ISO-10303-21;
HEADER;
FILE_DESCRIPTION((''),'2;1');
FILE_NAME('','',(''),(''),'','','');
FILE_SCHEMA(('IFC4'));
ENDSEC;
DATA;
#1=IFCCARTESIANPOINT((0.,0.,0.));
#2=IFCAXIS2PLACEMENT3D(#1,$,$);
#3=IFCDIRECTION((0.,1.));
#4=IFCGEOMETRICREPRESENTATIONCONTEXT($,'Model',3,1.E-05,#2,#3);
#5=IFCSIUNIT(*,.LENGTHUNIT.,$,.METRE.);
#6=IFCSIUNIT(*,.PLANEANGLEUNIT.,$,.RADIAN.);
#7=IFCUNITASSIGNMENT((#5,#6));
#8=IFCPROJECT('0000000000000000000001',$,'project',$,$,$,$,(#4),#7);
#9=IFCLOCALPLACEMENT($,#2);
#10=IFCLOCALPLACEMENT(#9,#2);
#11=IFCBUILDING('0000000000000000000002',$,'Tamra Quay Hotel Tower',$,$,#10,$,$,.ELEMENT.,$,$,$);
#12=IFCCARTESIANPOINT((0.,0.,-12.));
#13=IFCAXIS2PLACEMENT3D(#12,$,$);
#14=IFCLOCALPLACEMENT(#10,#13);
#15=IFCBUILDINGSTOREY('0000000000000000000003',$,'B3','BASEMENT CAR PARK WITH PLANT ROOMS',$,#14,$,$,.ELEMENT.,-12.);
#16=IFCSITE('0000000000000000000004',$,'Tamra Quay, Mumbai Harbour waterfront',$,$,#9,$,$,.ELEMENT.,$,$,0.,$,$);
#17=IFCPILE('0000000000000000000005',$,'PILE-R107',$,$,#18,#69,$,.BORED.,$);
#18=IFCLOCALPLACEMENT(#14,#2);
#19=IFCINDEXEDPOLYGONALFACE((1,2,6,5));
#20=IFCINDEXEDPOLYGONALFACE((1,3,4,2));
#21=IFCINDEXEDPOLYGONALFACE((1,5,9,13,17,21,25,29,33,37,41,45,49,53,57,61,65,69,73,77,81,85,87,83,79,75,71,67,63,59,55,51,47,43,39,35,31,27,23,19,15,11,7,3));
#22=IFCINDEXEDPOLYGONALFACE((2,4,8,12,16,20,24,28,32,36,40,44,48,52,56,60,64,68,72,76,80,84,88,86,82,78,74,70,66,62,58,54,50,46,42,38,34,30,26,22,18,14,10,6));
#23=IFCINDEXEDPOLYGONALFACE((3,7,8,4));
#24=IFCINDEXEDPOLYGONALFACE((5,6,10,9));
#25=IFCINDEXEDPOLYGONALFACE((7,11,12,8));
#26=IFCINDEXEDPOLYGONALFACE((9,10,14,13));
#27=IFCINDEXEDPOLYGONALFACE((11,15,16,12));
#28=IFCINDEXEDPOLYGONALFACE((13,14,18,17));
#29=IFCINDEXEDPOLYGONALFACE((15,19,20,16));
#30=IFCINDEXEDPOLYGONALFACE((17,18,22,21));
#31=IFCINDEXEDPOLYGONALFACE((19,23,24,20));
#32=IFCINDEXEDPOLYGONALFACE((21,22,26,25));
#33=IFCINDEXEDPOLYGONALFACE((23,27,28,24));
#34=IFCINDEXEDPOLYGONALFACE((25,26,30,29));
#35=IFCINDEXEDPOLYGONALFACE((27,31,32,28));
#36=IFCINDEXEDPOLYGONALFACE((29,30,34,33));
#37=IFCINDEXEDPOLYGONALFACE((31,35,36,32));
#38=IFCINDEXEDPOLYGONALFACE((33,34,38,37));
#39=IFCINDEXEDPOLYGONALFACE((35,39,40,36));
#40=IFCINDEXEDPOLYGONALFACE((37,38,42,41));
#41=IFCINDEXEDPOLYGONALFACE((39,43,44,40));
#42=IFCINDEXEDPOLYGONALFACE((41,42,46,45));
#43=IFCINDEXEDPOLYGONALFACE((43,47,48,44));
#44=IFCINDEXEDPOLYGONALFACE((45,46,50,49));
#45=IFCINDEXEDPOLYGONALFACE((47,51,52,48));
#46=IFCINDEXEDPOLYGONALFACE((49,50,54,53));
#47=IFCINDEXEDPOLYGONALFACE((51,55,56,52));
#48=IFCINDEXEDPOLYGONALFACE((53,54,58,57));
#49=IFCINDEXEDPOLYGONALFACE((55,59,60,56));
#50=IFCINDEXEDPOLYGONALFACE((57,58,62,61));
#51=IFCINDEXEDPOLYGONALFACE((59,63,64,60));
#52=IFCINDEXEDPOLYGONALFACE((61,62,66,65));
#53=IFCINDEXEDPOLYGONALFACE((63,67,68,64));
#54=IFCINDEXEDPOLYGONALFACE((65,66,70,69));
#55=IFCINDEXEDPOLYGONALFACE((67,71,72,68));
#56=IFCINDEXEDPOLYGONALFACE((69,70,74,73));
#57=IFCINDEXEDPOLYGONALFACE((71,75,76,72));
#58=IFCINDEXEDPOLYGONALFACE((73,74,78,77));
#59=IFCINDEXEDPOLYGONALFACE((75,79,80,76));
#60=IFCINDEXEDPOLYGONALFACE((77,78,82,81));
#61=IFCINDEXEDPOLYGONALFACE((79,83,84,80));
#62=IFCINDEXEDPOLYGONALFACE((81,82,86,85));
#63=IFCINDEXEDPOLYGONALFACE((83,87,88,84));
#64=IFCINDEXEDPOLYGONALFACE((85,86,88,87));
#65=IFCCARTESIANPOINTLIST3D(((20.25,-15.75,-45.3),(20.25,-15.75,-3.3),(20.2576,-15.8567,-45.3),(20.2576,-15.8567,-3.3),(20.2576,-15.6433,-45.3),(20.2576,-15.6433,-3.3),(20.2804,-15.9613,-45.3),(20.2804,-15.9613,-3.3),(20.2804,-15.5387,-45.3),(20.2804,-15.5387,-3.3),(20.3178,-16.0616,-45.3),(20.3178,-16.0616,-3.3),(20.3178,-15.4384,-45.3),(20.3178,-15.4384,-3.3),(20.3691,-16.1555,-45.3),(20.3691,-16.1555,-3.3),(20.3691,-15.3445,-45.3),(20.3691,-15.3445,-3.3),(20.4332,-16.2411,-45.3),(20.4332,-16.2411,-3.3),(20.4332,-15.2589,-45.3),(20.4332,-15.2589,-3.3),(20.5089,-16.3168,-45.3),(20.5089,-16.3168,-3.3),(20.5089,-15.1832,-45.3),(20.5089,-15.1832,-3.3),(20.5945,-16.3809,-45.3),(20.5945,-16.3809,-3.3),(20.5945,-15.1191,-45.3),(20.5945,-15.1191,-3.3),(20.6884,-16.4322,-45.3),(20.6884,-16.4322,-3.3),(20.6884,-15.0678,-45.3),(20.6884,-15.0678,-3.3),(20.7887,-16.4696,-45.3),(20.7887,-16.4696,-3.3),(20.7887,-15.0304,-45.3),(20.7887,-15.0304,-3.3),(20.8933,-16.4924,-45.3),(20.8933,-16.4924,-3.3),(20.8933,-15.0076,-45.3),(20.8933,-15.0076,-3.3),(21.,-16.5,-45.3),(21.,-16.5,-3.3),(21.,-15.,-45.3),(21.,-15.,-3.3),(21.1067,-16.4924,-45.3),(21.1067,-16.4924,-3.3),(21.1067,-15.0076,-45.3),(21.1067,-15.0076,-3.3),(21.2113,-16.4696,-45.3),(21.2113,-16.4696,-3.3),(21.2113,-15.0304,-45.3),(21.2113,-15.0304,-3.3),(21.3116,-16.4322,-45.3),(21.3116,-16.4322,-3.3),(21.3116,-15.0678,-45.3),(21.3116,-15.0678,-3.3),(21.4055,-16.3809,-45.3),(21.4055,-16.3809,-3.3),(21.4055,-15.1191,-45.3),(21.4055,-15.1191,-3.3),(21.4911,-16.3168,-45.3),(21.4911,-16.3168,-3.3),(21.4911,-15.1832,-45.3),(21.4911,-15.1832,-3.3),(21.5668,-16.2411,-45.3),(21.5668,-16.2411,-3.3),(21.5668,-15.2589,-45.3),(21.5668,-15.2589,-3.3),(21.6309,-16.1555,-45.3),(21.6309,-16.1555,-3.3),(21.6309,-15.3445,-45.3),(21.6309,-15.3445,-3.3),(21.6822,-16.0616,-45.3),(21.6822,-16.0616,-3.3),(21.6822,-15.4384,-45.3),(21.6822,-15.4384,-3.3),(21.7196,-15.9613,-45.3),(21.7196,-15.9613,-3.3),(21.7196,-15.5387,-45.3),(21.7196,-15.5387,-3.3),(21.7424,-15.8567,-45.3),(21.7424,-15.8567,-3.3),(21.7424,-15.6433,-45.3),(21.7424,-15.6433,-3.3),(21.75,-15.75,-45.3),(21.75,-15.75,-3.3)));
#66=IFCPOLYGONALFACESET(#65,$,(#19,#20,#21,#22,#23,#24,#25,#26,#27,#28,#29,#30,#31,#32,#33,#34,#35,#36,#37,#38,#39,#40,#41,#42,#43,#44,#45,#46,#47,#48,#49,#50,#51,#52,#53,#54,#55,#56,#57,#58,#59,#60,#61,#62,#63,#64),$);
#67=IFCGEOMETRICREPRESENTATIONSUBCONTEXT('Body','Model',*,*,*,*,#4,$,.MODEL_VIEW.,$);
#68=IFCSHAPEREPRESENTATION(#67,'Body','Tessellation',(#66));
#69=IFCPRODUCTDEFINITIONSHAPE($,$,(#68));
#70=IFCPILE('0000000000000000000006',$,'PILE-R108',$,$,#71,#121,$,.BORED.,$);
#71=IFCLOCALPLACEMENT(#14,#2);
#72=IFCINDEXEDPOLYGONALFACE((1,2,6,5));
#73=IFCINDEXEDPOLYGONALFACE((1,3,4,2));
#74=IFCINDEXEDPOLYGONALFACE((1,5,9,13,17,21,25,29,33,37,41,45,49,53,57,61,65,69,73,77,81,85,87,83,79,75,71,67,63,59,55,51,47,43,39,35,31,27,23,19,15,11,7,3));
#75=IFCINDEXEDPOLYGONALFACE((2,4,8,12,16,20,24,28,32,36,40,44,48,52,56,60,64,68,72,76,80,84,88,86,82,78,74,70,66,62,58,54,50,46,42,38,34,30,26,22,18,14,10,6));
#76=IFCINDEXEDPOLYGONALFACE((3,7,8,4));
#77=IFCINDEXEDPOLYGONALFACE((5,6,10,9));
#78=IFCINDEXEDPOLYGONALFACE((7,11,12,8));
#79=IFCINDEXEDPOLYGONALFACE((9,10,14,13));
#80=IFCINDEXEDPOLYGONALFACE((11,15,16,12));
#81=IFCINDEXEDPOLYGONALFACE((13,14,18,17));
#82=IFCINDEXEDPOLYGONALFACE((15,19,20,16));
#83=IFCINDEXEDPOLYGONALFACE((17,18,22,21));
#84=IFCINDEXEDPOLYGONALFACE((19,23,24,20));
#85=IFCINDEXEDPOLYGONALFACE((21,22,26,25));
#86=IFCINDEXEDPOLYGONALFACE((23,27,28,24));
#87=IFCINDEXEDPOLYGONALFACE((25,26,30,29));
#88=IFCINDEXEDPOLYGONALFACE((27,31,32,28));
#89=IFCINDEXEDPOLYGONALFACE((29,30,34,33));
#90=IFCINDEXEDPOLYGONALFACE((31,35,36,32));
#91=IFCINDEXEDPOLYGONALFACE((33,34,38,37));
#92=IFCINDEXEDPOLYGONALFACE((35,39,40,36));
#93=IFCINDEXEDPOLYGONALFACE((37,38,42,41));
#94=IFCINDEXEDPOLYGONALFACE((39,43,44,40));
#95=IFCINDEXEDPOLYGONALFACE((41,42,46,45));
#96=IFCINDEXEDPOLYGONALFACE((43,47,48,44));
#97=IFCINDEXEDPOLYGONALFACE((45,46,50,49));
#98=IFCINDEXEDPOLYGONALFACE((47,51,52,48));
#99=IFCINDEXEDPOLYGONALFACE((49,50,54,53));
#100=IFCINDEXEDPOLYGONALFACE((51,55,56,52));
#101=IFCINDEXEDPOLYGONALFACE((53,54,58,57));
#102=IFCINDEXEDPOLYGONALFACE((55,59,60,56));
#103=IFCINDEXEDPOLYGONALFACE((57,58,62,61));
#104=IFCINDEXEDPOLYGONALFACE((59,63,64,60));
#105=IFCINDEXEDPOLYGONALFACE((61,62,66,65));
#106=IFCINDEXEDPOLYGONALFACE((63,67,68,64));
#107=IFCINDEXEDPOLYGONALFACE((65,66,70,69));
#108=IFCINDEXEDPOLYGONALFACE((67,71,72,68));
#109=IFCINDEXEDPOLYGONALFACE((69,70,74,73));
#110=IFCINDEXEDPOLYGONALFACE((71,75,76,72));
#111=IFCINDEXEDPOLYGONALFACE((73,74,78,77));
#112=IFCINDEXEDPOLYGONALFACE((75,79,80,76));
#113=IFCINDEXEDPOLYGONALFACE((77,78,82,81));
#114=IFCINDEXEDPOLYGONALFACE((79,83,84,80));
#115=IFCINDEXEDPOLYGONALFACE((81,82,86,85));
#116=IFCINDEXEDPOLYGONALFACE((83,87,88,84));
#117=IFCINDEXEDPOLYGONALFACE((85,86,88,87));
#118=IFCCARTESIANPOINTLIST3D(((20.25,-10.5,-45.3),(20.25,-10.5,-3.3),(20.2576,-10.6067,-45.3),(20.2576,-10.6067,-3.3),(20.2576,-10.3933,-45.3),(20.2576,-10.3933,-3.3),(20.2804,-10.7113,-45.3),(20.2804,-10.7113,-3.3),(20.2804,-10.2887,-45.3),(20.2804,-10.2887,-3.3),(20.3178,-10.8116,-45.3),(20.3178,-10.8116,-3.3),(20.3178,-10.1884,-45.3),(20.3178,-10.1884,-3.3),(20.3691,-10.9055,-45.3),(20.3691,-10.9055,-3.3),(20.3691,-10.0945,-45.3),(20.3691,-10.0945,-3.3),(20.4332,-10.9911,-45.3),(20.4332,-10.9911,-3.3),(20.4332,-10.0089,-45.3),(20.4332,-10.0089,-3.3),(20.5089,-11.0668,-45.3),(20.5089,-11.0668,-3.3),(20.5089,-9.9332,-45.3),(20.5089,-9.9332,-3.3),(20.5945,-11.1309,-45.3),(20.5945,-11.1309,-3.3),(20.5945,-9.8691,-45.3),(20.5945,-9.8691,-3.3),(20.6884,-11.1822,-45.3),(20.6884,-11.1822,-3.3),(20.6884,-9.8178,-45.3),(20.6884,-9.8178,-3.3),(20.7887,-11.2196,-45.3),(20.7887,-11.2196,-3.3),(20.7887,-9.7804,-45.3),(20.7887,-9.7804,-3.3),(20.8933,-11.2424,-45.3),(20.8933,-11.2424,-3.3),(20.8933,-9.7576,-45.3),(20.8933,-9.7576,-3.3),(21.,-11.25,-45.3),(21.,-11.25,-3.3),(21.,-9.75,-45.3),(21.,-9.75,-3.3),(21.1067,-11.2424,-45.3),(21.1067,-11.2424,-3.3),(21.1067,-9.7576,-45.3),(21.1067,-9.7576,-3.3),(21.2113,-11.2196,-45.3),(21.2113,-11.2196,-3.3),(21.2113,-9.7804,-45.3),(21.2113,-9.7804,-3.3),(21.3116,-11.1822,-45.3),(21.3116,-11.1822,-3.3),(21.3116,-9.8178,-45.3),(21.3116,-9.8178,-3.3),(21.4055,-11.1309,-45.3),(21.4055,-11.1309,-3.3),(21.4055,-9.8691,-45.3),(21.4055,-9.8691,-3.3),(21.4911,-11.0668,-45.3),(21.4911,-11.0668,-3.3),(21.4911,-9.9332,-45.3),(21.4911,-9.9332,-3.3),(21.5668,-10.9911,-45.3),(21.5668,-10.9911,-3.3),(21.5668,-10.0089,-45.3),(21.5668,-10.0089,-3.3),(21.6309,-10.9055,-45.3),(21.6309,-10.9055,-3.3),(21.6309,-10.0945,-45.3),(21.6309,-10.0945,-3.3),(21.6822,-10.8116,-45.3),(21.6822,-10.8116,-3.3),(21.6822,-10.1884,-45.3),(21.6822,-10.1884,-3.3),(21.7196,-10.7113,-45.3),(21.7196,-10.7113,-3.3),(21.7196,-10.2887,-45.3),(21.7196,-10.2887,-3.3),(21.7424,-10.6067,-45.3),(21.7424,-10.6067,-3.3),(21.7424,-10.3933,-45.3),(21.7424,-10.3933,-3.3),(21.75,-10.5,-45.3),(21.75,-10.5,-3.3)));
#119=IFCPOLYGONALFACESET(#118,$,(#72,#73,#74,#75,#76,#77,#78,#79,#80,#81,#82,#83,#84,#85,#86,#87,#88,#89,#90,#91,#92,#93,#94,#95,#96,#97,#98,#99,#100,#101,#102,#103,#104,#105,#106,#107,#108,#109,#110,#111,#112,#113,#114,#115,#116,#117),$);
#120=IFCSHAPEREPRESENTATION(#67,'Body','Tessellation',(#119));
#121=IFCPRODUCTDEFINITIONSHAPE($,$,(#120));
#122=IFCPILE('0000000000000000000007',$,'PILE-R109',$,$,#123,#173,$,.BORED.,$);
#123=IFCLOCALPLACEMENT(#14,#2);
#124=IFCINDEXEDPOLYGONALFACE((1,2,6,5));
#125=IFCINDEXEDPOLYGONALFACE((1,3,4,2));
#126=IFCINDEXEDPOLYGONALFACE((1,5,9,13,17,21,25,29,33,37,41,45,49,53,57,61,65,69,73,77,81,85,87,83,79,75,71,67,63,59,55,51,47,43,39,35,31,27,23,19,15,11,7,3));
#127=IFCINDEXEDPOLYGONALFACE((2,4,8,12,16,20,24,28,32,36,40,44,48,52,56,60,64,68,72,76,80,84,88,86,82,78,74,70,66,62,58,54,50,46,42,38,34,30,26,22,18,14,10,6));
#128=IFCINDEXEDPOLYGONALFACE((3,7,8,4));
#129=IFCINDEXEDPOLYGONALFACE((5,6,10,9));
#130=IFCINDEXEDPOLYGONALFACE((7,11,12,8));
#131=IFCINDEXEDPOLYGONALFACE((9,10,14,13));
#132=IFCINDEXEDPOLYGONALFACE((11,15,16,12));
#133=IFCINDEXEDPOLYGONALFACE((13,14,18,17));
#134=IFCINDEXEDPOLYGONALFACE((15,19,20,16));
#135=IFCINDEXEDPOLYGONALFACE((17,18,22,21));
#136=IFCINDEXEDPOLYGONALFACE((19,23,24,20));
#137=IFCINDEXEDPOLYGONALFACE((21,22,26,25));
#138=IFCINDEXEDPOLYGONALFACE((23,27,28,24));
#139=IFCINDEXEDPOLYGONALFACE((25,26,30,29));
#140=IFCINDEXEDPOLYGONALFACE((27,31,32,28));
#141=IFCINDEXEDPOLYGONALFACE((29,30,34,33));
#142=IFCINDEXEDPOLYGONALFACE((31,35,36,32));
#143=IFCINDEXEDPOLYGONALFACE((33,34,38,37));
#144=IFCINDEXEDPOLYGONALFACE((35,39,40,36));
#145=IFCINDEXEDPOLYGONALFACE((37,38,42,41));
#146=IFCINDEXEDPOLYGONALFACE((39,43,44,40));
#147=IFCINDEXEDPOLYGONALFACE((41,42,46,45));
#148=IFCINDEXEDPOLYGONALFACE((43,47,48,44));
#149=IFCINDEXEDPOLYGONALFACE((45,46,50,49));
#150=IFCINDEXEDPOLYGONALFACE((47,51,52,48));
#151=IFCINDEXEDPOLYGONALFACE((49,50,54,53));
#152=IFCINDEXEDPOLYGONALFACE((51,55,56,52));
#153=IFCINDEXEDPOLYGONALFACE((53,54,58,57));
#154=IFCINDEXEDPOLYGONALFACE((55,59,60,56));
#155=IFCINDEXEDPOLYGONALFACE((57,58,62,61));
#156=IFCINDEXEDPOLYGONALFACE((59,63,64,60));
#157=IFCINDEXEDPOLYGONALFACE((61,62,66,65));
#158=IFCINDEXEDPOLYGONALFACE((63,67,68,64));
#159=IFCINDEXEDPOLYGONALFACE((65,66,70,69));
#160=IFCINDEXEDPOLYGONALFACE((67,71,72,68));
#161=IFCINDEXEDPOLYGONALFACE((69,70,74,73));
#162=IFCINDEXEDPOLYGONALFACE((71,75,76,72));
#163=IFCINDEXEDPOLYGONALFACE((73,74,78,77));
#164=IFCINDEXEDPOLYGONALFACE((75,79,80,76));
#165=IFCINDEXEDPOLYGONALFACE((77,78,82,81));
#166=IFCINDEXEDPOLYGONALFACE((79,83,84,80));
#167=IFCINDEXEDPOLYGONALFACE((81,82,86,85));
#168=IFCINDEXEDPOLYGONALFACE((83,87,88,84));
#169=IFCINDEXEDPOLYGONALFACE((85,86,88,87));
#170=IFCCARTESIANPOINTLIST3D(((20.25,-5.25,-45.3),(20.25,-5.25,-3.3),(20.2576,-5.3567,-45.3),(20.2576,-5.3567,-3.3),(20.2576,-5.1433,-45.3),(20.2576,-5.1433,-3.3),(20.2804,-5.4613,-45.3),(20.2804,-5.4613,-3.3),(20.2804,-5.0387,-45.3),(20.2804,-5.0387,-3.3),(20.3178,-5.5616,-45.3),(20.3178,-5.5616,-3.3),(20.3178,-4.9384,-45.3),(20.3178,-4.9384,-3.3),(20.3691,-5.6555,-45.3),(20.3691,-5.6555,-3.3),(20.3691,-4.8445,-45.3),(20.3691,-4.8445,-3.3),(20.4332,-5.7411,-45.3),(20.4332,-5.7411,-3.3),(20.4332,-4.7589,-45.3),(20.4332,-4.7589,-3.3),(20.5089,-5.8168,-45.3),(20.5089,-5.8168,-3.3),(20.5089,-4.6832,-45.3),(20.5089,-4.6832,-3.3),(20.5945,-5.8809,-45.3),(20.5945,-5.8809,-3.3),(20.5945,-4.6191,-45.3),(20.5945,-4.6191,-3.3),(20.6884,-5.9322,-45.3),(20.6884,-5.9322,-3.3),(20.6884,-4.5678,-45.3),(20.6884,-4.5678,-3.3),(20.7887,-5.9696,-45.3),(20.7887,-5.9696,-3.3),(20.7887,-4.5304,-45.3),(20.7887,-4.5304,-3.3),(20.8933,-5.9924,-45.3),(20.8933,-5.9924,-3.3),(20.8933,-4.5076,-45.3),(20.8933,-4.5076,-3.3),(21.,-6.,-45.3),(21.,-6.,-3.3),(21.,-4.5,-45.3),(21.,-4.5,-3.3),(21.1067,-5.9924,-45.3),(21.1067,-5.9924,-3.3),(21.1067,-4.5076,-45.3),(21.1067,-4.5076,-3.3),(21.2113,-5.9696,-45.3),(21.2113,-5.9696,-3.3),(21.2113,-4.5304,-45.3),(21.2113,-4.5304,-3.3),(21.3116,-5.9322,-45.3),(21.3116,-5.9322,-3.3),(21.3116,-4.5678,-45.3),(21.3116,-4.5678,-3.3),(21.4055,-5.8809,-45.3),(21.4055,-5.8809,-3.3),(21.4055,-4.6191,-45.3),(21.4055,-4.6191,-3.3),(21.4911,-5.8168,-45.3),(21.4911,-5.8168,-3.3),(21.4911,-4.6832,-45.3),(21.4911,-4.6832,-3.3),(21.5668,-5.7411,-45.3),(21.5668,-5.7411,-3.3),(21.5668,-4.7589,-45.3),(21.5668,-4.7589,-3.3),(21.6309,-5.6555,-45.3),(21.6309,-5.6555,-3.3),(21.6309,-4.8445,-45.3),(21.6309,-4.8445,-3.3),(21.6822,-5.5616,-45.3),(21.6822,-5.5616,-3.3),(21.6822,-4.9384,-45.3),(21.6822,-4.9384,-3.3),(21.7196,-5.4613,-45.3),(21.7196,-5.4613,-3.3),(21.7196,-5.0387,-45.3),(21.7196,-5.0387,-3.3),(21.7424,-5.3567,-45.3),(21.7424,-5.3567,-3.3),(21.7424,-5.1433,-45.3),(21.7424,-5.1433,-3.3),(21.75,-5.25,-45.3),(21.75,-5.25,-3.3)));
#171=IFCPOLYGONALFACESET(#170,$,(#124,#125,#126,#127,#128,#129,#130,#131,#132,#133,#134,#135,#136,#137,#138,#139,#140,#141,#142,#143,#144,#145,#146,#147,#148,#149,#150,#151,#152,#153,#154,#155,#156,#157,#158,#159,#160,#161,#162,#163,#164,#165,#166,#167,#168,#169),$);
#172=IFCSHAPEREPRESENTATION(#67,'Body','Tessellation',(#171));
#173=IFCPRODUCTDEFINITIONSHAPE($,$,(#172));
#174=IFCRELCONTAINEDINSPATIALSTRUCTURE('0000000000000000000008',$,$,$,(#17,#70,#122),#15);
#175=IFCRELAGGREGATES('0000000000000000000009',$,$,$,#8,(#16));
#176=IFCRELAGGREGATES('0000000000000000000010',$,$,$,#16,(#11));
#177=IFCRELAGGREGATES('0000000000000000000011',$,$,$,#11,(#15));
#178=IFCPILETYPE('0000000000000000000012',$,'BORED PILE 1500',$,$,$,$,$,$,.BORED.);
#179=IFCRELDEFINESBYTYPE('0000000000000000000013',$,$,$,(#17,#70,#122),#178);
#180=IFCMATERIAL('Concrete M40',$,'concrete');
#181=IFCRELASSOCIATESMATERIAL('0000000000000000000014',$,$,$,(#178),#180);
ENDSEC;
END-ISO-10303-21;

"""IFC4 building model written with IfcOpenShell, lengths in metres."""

from ifc_helpers import new_model, si_unit, direction, frame, origin, origin_2d, place, context, subcontext, project, spatial, circle, extrude, material, material_profile, profile_set, type_object, element, save


model = new_model("IFC4")

# Units and contexts
model_context = context("Model", 3, precision=1e-05, world=origin(), true_north=direction((0.0, 1.0)))
body_context = subcontext(model_context, "Body", "Model", "MODEL_VIEW")
ifc_project = project(units=[si_unit("LENGTHUNIT", "METRE"), si_unit("PLANEANGLEUNIT", "RADIAN")], contexts=[model_context])

# Site, building, storey
site_placement = place(None, origin())
site = spatial("IfcSite", under=ifc_project, at=site_placement, Name="Tamra Quay, Mumbai Harbour waterfront", CompositionType="ELEMENT", RefElevation=0.0)
building_placement = place(site_placement, origin())
building = spatial("IfcBuilding", under=site, at=building_placement, Name="Tamra Quay Hotel Tower", CompositionType="ELEMENT")
storey_placement = place(building_placement, frame((0.0, 0.0, -12.0)))
storey = spatial("IfcBuildingStorey", under=building, at=storey_placement, Name="B3", Description="BASEMENT CAR PARK WITH PLANT ROOMS", CompositionType="ELEMENT", Elevation=-12.0)

# Piles
ifc_material_1 = material(Name="Concrete M40", Category="concrete")
ifc_material_profile_1 = material_profile(ifc_material_1, circle(Radius=0.75, at=origin_2d()), Name="BORED PILE 1500")
ifc_profile_set_1 = profile_set([ifc_material_profile_1], Name="Concrete M40")
pile_type_1 = type_object("IfcPileType", Name="BORED PILE 1500", PredefinedType="BORED", material=ifc_profile_set_1)
for number, where, z_axis, x_axis, name in (
    (1, (21.0, -15.75, -3.3), (0.0, 0.0, -1.0), (1.0, 0.0, 0.0), "PILE-R107"),
    (2, (21.0, -10.5, -3.3), (0.0, 0.0, -1.0), (1.0, 0.0, 0.0), "PILE-R108"),
    (3, (21.0, -5.25, -3.3), (0.0, 0.0, -1.0), (1.0, 0.0, 0.0), "PILE-R109"),
):
    element("IfcPile", number, at=place(storey_placement, frame(where, z_axis=z_axis, x_axis=x_axis)), inside=storey, type_object=pile_type_1, Name=name, PredefinedType="BORED", context=body_context, shape_type="SweptSolid", body=[
        extrude(circle(Radius=0.75, at=origin_2d()), origin(), (0.0, 0.0, 1.0), 42.0),
    ])

save(model, "model.ifc")
